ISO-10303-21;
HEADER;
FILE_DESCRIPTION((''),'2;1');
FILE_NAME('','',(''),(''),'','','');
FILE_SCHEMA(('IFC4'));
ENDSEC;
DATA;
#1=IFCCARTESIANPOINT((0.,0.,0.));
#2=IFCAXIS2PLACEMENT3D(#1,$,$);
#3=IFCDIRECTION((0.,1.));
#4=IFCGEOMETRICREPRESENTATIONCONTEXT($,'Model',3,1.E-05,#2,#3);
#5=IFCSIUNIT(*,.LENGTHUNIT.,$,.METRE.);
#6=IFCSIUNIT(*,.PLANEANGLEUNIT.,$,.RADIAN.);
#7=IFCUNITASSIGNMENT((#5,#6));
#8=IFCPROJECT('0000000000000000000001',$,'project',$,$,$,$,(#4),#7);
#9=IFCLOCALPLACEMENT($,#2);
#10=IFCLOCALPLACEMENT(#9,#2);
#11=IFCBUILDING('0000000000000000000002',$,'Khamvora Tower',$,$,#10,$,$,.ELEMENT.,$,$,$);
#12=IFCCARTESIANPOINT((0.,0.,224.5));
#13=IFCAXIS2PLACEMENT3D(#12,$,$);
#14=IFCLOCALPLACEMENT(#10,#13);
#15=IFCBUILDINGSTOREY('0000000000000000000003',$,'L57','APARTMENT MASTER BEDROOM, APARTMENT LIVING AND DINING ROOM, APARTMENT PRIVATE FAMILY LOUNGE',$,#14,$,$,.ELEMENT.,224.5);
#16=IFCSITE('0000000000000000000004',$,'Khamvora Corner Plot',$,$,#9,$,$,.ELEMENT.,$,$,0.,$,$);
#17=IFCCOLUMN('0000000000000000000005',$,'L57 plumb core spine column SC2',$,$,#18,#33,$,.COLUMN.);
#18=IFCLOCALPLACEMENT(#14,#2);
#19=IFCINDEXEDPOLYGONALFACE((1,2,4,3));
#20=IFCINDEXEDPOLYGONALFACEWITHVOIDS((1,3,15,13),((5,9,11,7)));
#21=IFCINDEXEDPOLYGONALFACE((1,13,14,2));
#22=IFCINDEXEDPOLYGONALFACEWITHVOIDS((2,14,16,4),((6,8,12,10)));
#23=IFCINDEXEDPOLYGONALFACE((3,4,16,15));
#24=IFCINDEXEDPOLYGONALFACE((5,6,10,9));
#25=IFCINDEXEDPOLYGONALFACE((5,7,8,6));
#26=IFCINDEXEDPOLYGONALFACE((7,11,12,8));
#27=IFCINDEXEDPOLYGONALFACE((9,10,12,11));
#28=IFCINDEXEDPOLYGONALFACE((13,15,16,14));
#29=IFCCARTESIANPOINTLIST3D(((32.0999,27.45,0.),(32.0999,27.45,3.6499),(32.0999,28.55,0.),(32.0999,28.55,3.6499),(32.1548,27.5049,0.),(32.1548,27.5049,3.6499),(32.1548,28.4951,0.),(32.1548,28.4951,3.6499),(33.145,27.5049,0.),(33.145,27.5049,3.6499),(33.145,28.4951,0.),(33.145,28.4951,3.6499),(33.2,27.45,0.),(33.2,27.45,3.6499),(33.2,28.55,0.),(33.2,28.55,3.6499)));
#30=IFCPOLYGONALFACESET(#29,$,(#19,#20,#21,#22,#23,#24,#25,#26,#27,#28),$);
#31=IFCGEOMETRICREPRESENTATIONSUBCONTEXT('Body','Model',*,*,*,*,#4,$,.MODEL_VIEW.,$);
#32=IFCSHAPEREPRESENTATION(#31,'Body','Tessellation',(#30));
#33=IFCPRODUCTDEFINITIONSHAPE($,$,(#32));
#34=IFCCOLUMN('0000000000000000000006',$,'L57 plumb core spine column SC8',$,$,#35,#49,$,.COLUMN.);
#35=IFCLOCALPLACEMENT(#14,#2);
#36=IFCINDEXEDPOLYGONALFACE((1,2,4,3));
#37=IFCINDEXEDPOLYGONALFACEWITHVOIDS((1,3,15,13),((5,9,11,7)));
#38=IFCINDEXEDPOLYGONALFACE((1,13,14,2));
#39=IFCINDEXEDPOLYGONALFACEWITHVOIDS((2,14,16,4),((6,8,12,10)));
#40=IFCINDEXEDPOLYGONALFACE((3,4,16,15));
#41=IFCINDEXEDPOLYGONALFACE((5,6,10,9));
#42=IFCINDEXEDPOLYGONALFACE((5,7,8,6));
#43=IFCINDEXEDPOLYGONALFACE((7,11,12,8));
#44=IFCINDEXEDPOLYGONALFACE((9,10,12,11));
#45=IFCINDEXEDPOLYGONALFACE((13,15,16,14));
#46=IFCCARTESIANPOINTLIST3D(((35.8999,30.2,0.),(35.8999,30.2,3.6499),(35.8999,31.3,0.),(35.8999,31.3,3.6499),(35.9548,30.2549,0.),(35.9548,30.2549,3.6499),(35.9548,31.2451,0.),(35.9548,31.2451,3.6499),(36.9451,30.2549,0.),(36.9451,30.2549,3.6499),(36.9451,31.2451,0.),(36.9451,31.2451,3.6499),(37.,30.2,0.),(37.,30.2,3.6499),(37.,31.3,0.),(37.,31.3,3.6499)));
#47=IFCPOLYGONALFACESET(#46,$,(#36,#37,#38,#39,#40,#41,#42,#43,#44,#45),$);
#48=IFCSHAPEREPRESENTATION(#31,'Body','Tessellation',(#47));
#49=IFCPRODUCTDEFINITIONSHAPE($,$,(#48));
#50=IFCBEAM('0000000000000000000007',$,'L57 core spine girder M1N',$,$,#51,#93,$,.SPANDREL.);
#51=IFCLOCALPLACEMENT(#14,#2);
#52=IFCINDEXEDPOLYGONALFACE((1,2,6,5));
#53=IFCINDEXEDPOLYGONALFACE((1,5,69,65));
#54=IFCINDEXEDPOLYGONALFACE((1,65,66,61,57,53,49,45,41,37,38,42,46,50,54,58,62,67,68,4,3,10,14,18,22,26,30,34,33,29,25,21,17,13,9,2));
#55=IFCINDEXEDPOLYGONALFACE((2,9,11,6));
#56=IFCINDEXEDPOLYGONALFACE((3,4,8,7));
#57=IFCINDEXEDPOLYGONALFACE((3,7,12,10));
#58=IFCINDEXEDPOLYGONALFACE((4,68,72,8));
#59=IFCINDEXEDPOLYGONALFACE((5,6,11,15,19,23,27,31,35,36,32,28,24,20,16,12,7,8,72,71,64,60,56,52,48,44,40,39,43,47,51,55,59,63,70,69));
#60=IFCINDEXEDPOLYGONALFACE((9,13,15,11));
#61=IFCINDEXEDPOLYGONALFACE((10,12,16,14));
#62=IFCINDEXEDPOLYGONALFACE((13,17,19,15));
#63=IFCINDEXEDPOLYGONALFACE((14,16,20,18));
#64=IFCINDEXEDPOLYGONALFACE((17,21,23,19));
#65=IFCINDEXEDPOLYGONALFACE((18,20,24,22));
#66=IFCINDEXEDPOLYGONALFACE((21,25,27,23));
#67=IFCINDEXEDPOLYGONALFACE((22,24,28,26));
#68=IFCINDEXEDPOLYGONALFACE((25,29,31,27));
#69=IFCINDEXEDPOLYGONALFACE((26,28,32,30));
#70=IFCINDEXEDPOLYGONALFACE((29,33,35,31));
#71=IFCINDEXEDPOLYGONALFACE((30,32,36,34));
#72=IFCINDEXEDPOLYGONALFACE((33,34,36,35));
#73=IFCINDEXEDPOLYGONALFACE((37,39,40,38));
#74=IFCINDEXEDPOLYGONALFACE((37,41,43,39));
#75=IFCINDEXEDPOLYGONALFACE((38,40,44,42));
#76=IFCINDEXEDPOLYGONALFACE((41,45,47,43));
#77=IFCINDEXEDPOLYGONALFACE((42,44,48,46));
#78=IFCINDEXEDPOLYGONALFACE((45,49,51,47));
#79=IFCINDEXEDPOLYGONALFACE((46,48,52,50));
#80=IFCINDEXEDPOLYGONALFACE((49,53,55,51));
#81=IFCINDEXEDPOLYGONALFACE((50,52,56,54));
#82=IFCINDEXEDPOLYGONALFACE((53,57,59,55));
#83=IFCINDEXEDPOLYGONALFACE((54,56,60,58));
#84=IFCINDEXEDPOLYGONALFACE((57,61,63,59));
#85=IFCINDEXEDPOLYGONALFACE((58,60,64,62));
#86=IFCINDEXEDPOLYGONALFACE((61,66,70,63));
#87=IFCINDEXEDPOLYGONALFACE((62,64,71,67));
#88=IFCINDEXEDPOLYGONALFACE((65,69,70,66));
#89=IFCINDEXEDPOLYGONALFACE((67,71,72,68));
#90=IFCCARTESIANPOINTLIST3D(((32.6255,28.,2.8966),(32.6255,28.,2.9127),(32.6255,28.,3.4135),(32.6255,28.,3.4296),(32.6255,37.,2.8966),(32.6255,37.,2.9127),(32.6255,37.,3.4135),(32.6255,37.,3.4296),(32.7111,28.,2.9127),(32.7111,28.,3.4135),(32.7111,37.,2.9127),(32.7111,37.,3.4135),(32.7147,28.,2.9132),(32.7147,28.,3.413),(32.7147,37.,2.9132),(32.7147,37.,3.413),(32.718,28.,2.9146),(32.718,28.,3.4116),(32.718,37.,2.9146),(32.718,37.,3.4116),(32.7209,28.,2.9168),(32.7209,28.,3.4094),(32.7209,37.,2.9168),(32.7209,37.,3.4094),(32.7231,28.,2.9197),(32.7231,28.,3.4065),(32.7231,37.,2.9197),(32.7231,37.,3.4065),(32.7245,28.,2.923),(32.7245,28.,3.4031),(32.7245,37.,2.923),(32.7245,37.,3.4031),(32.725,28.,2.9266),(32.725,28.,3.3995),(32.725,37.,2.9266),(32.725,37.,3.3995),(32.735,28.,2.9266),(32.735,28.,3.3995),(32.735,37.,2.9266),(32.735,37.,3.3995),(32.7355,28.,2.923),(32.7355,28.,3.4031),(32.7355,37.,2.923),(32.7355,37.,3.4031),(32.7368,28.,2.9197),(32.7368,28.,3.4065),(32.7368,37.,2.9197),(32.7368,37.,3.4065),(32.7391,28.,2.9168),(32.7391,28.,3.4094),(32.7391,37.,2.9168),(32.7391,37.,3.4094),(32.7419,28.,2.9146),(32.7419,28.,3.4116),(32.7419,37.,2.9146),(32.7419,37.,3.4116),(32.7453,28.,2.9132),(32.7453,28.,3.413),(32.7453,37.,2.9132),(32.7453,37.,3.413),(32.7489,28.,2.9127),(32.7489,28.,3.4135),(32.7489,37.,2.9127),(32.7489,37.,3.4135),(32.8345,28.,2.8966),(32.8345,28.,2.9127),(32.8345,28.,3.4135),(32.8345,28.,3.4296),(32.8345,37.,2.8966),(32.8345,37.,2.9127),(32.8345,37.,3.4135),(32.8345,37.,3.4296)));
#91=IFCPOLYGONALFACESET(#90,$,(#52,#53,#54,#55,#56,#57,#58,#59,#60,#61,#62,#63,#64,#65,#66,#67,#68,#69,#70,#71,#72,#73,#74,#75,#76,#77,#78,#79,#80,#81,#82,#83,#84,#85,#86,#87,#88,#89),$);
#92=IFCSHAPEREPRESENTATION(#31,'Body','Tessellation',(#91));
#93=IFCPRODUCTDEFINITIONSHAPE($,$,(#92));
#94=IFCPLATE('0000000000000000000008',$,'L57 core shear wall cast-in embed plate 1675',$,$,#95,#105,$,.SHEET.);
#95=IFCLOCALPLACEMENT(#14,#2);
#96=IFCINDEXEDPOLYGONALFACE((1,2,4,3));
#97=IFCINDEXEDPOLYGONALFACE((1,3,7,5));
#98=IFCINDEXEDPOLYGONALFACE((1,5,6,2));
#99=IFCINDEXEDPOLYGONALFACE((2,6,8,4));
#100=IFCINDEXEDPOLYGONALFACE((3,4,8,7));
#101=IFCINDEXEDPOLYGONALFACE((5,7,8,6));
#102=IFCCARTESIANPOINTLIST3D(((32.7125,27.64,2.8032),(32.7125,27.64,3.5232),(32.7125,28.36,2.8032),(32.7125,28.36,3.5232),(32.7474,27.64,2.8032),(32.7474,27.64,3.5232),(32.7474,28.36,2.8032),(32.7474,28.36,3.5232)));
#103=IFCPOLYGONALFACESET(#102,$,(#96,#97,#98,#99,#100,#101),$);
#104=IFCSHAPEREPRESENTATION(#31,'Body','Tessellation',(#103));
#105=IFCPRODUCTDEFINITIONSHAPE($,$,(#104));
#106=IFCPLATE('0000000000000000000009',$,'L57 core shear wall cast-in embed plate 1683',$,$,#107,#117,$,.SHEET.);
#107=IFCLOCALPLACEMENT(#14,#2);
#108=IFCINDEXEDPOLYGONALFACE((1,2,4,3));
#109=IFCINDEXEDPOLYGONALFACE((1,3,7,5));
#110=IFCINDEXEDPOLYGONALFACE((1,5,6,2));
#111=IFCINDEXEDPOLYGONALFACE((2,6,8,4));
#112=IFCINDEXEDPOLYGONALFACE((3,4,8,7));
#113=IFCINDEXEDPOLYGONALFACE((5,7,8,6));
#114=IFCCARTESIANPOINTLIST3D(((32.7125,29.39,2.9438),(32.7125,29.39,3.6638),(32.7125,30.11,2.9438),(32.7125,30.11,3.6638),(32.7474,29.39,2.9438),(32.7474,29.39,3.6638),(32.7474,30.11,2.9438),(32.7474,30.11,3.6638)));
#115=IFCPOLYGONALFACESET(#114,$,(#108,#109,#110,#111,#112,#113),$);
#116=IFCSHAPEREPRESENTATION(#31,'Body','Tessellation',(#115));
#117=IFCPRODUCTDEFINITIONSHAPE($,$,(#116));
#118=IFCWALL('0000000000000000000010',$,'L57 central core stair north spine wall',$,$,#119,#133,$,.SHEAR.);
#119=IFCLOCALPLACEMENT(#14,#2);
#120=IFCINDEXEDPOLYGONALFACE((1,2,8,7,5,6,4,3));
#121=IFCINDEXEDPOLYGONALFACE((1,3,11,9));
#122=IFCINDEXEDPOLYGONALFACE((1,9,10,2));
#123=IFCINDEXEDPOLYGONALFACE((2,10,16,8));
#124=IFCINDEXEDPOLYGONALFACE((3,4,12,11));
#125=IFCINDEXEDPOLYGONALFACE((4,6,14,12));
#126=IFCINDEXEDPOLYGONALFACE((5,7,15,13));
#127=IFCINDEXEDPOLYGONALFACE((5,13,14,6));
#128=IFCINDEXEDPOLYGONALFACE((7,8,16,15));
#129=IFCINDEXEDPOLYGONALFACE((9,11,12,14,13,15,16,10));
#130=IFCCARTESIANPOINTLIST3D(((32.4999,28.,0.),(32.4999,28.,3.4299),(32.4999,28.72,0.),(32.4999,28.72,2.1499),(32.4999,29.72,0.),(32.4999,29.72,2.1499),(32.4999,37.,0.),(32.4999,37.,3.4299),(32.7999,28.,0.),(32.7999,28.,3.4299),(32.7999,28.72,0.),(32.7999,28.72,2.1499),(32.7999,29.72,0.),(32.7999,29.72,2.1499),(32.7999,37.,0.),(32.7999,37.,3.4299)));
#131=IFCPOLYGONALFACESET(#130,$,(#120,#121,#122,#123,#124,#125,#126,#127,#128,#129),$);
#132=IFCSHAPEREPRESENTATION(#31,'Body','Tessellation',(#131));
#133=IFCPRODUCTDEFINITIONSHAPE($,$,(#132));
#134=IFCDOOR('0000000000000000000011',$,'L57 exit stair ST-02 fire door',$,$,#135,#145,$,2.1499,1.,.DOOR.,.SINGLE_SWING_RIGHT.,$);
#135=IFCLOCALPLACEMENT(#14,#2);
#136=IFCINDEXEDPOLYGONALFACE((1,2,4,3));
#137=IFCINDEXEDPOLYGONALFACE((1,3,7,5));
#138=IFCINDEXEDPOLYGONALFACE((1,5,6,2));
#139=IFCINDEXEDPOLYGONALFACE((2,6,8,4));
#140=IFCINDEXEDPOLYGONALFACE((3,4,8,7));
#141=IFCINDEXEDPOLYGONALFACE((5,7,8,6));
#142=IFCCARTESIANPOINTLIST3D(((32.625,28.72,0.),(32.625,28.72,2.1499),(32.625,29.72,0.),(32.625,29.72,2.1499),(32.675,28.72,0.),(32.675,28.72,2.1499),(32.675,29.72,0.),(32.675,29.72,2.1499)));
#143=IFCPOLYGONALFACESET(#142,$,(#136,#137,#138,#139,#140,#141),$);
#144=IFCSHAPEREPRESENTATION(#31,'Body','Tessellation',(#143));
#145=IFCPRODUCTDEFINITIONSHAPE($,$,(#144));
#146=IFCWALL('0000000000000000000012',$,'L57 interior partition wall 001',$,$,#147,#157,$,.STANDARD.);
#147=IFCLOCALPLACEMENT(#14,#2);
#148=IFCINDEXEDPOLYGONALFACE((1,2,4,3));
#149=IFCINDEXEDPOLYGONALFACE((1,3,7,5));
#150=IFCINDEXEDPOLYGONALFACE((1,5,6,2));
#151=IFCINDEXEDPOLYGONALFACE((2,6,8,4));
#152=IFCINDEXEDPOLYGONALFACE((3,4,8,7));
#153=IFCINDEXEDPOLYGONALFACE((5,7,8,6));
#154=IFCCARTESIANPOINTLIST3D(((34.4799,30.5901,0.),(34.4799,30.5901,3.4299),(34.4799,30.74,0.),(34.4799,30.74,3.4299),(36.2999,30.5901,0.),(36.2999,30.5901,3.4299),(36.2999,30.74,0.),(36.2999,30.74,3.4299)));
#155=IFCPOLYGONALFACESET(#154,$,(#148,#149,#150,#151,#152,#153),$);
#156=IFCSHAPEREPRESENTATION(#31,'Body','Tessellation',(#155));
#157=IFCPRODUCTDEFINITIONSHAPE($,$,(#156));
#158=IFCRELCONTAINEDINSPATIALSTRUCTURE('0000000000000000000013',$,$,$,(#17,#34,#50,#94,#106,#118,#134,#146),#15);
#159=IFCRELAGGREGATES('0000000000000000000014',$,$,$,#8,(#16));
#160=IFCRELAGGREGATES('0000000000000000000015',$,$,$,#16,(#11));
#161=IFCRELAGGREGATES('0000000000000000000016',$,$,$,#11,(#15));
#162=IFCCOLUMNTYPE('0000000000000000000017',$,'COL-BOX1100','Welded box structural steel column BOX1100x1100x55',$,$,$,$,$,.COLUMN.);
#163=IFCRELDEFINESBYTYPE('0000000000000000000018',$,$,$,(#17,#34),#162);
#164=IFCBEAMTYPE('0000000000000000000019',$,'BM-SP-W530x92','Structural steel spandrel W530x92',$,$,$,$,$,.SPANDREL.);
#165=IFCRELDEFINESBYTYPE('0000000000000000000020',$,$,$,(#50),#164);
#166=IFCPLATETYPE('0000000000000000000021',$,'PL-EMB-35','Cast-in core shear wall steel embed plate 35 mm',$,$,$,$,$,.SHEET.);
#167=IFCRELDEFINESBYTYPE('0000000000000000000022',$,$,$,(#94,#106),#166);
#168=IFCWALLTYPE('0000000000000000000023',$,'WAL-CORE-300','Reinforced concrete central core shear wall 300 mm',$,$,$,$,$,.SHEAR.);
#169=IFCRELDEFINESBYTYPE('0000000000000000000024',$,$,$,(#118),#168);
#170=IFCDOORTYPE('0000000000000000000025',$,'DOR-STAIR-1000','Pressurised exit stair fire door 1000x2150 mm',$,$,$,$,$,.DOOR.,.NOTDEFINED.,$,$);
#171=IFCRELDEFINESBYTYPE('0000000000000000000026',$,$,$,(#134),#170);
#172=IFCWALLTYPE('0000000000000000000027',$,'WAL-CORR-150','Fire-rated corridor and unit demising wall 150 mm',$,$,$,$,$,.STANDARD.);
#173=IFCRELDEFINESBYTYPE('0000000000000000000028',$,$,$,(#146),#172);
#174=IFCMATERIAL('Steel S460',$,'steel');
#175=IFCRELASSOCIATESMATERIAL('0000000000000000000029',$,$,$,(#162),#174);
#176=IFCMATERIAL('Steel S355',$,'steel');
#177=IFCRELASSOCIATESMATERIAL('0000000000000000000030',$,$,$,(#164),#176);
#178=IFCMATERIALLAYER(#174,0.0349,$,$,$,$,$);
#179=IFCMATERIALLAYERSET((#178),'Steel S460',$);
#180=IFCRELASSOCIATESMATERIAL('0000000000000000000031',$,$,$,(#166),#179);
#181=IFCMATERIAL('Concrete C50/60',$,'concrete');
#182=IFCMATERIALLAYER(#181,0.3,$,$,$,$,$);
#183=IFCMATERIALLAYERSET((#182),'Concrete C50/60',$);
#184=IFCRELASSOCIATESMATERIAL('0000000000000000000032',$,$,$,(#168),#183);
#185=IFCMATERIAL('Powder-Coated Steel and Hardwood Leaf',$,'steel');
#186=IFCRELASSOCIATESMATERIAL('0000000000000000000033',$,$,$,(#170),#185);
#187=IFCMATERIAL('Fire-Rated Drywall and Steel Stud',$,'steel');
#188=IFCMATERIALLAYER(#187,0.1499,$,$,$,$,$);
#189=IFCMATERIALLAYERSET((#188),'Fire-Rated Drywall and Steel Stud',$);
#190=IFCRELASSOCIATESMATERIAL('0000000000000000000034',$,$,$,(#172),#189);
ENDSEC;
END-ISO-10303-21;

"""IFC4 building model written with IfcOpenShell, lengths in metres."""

from ifc_helpers import new_model, si_unit, direction, frame, frame_2d, origin, origin_2d, place, context, subcontext, project, spatial, rectangle, hollow_rectangle, i_section, extrude, material, layer, layer_set, material_profile, profile_set, type_object, element, fill, save


model = new_model("IFC4")

# Units and contexts
model_context = context("Model", 3, precision=1e-05, world=origin(), true_north=direction((0.0, 1.0)))
body_context = subcontext(model_context, "Body", "Model", "MODEL_VIEW")
ifc_project = project(units=[si_unit("LENGTHUNIT", "METRE"), si_unit("PLANEANGLEUNIT", "RADIAN")], contexts=[model_context])

# Site, building, storey
site_placement = place(None, origin())
site = spatial("IfcSite", under=ifc_project, at=site_placement, Name="Khamvora Corner Plot", CompositionType="ELEMENT", RefElevation=0.0)
building_placement = place(site_placement, origin())
building = spatial("IfcBuilding", under=site, at=building_placement, Name="Khamvora Tower", CompositionType="ELEMENT")
storey_placement = place(building_placement, frame((0.0, 0.0, 224.5)))
storey = spatial("IfcBuildingStorey", under=building, at=storey_placement, Name="L57", Description="APARTMENT MASTER BEDROOM, APARTMENT LIVING AND DINING ROOM, APARTMENT PRIVATE FAMILY LOUNGE", CompositionType="ELEMENT", Elevation=224.5)

# Columns
ifc_material_1 = material(Name="Steel S460", Category="steel")
ifc_material_profile_1 = material_profile(ifc_material_1, hollow_rectangle(XDim=1.1001, YDim=1.1001, WallThickness=0.0549, at=origin_2d()), Name="BOX1100x1100x55")
ifc_profile_set_1 = profile_set([ifc_material_profile_1], Name="Steel S460")
column_type = type_object("IfcColumnType", Name="COL-BOX1100", Description="Welded box structural steel column BOX1100x1100x55", PredefinedType="COLUMN", material=ifc_profile_set_1)
for number, where, z_axis, x_axis, name in (
    (1, (32.6499, 28.0, 0.0), (0.0, 0.0, 1.0), (1.0, 0.0, 0.0), "L57 plumb core spine column SC2"),
    (2, (36.45, 30.75, 0.0), (0.0, 0.0, 1.0), (1.0, 0.0, 0.0), "L57 plumb core spine column SC8"),
):
    element("IfcColumn", number, at=place(storey_placement, frame(where, z_axis=z_axis, x_axis=x_axis)), inside=storey, type_object=column_type, Name=name, PredefinedType="COLUMN", context=body_context, shape_type="SweptSolid", body=[
        extrude(hollow_rectangle(XDim=1.1001, YDim=1.1001, WallThickness=0.0549, at=origin_2d()), origin(), (0.0, 0.0, 1.0), 3.6499),
    ])

# Beam
ifc_material_2 = material(Name="Steel S355", Category="steel")
ifc_material_profile_2 = material_profile(ifc_material_2, i_section(OverallWidth=0.209, OverallDepth=0.533, WebThickness=0.01, FlangeThickness=0.0161, FilletRadius=0.0139, at=origin_2d()), Name="W530x92")
ifc_profile_set_2 = profile_set([ifc_material_profile_2], Name="Steel S355")
beam_type = type_object("IfcBeamType", Name="BM-SP-W530x92", Description="Structural steel spandrel W530x92", PredefinedType="SPANDREL", material=ifc_profile_set_2)
beam_placement = place(storey_placement, frame((32.73, 28.0, 3.1631), z_axis=(0.0, 1.0, 0.0), x_axis=(-1.0, 0.0, 0.0)))
element("IfcBeam", 3, at=beam_placement, inside=storey, type_object=beam_type, Name="L57 core spine girder M1N", PredefinedType="SPANDREL", context=body_context, shape_type="SweptSolid", body=[
    extrude(i_section(OverallWidth=0.209, OverallDepth=0.533, WebThickness=0.01, FlangeThickness=0.0161, FilletRadius=0.0139, at=origin_2d()), origin(), (0.0, 0.0, 1.0), 9.0),
])

# Plates
ifc_layer_1 = layer(ifc_material_1, 0.0349)
ifc_layer_set_1 = layer_set([ifc_layer_1], Name="Steel S460")
plate_type = type_object("IfcPlateType", Name="PL-EMB-35", Description="Cast-in core shear wall steel embed plate 35 mm", PredefinedType="SHEET", material=ifc_layer_set_1)
for number, where, z_axis, x_axis, name in (
    (4, (32.73, 28.0, 2.8032), (0.0, 0.0, 1.0), (1.0, 0.0, 0.0), "L57 core shear wall cast-in embed plate 1675"),
    (5, (32.73, 29.75, 2.9438), (0.0, 0.0, 1.0), (1.0, 0.0, 0.0), "L57 core shear wall cast-in embed plate 1683"),
):
    element("IfcPlate", number, at=place(storey_placement, frame(where, z_axis=z_axis, x_axis=x_axis)), inside=storey, type_object=plate_type, Name=name, PredefinedType="SHEET", context=body_context, shape_type="SweptSolid", body=[
        extrude(rectangle(XDim=0.0349, YDim=0.72, at=origin_2d()), origin(), (0.0, 0.0, 1.0), 0.72),
    ])

# Wall, opening, door
ifc_material_3 = material(Name="Concrete C50/60", Category="concrete")
ifc_layer_2 = layer(ifc_material_3, 0.3)
ifc_layer_set_2 = layer_set([ifc_layer_2], Name="Concrete C50/60")
wall_type_1 = type_object("IfcWallType", Name="WAL-CORE-300", Description="Reinforced concrete central core shear wall 300 mm", PredefinedType="SHEAR", material=ifc_layer_set_2)
wall_1_placement = place(storey_placement, frame((32.6499, 28.0, 0.0), z_axis=(0.0, 0.0, 1.0), x_axis=(0.0, 1.0, 0.0)))
wall_1 = element("IfcWall", 6, at=wall_1_placement, inside=storey, type_object=wall_type_1, Name="L57 central core stair north spine wall", PredefinedType="SHEAR", context=body_context, shape_type="SweptSolid", body=[
    extrude(rectangle(XDim=9.0, YDim=0.3, at=frame_2d((4.5, 0.0))), origin(), (0.0, 0.0, 1.0), 3.4299),
])
opening_1_placement = place(wall_1_placement, frame((0.72, 0.0, 0.0)))
opening_1 = element("IfcOpeningElement", 7, at=opening_1_placement, cuts=wall_1, PredefinedType="OPENING", context=body_context, shape_type="SweptSolid", body=[
    extrude(rectangle(XDim=1.0, YDim=2.1499, at=frame_2d((0.5, 1.075))), frame((0.0, 0.1599, 0.0), z_axis=(0.0, -1.0, 0.0), x_axis=(1.0, 0.0, 0.0)), (0.0, 0.0, 1.0), 0.3201),
])
ifc_material_4 = material(Name="Powder-Coated Steel and Hardwood Leaf", Category="steel")
door_type_1 = type_object("IfcDoorType", Name="DOR-STAIR-1000", Description="Pressurised exit stair fire door 1000x2150 mm", OperationType="NOTDEFINED", PredefinedType="DOOR", material=ifc_material_4)
door_1_placement = place(opening_1_placement, origin())
door_1 = element("IfcDoor", 8, at=door_1_placement, inside=storey, type_object=door_type_1, Name="L57 exit stair ST-02 fire door", OperationType="SINGLE_SWING_RIGHT", OverallHeight=2.1499, OverallWidth=1.0, PredefinedType="DOOR", context=body_context, shape_type="SweptSolid", body=[
    extrude(rectangle(XDim=1.0, YDim=2.1499, at=frame_2d((0.5, 1.075))), frame((0.0, 0.0249, 0.0), z_axis=(0.0, -1.0, 0.0), x_axis=(1.0, 0.0, 0.0)), (0.0, 0.0, 1.0), 0.05),
])
fill(opening_1, door_1)

# Wall
ifc_material_5 = material(Name="Fire-Rated Drywall and Steel Stud", Category="steel")
ifc_layer_3 = layer(ifc_material_5, 0.1499)
ifc_layer_set_3 = layer_set([ifc_layer_3], Name="Fire-Rated Drywall and Steel Stud")
wall_type_2 = type_object("IfcWallType", Name="WAL-CORR-150", Description="Fire-rated corridor and unit demising wall 150 mm", PredefinedType="STANDARD", material=ifc_layer_set_3)
wall_2_placement = place(storey_placement, frame((36.3, 30.665, 0.0), z_axis=(0.0, 0.0, 1.0), x_axis=(-1.0, 0.0, 0.0)))
element("IfcWall", 9, at=wall_2_placement, inside=storey, type_object=wall_type_2, Name="L57 interior partition wall 001", PredefinedType="STANDARD", context=body_context, shape_type="SweptSolid", body=[
    extrude(rectangle(XDim=1.8201, YDim=0.1499, at=frame_2d((0.9102, 0.0))), origin(), (0.0, 0.0, 1.0), 3.4299),
])

save(model, "model.ifc")
